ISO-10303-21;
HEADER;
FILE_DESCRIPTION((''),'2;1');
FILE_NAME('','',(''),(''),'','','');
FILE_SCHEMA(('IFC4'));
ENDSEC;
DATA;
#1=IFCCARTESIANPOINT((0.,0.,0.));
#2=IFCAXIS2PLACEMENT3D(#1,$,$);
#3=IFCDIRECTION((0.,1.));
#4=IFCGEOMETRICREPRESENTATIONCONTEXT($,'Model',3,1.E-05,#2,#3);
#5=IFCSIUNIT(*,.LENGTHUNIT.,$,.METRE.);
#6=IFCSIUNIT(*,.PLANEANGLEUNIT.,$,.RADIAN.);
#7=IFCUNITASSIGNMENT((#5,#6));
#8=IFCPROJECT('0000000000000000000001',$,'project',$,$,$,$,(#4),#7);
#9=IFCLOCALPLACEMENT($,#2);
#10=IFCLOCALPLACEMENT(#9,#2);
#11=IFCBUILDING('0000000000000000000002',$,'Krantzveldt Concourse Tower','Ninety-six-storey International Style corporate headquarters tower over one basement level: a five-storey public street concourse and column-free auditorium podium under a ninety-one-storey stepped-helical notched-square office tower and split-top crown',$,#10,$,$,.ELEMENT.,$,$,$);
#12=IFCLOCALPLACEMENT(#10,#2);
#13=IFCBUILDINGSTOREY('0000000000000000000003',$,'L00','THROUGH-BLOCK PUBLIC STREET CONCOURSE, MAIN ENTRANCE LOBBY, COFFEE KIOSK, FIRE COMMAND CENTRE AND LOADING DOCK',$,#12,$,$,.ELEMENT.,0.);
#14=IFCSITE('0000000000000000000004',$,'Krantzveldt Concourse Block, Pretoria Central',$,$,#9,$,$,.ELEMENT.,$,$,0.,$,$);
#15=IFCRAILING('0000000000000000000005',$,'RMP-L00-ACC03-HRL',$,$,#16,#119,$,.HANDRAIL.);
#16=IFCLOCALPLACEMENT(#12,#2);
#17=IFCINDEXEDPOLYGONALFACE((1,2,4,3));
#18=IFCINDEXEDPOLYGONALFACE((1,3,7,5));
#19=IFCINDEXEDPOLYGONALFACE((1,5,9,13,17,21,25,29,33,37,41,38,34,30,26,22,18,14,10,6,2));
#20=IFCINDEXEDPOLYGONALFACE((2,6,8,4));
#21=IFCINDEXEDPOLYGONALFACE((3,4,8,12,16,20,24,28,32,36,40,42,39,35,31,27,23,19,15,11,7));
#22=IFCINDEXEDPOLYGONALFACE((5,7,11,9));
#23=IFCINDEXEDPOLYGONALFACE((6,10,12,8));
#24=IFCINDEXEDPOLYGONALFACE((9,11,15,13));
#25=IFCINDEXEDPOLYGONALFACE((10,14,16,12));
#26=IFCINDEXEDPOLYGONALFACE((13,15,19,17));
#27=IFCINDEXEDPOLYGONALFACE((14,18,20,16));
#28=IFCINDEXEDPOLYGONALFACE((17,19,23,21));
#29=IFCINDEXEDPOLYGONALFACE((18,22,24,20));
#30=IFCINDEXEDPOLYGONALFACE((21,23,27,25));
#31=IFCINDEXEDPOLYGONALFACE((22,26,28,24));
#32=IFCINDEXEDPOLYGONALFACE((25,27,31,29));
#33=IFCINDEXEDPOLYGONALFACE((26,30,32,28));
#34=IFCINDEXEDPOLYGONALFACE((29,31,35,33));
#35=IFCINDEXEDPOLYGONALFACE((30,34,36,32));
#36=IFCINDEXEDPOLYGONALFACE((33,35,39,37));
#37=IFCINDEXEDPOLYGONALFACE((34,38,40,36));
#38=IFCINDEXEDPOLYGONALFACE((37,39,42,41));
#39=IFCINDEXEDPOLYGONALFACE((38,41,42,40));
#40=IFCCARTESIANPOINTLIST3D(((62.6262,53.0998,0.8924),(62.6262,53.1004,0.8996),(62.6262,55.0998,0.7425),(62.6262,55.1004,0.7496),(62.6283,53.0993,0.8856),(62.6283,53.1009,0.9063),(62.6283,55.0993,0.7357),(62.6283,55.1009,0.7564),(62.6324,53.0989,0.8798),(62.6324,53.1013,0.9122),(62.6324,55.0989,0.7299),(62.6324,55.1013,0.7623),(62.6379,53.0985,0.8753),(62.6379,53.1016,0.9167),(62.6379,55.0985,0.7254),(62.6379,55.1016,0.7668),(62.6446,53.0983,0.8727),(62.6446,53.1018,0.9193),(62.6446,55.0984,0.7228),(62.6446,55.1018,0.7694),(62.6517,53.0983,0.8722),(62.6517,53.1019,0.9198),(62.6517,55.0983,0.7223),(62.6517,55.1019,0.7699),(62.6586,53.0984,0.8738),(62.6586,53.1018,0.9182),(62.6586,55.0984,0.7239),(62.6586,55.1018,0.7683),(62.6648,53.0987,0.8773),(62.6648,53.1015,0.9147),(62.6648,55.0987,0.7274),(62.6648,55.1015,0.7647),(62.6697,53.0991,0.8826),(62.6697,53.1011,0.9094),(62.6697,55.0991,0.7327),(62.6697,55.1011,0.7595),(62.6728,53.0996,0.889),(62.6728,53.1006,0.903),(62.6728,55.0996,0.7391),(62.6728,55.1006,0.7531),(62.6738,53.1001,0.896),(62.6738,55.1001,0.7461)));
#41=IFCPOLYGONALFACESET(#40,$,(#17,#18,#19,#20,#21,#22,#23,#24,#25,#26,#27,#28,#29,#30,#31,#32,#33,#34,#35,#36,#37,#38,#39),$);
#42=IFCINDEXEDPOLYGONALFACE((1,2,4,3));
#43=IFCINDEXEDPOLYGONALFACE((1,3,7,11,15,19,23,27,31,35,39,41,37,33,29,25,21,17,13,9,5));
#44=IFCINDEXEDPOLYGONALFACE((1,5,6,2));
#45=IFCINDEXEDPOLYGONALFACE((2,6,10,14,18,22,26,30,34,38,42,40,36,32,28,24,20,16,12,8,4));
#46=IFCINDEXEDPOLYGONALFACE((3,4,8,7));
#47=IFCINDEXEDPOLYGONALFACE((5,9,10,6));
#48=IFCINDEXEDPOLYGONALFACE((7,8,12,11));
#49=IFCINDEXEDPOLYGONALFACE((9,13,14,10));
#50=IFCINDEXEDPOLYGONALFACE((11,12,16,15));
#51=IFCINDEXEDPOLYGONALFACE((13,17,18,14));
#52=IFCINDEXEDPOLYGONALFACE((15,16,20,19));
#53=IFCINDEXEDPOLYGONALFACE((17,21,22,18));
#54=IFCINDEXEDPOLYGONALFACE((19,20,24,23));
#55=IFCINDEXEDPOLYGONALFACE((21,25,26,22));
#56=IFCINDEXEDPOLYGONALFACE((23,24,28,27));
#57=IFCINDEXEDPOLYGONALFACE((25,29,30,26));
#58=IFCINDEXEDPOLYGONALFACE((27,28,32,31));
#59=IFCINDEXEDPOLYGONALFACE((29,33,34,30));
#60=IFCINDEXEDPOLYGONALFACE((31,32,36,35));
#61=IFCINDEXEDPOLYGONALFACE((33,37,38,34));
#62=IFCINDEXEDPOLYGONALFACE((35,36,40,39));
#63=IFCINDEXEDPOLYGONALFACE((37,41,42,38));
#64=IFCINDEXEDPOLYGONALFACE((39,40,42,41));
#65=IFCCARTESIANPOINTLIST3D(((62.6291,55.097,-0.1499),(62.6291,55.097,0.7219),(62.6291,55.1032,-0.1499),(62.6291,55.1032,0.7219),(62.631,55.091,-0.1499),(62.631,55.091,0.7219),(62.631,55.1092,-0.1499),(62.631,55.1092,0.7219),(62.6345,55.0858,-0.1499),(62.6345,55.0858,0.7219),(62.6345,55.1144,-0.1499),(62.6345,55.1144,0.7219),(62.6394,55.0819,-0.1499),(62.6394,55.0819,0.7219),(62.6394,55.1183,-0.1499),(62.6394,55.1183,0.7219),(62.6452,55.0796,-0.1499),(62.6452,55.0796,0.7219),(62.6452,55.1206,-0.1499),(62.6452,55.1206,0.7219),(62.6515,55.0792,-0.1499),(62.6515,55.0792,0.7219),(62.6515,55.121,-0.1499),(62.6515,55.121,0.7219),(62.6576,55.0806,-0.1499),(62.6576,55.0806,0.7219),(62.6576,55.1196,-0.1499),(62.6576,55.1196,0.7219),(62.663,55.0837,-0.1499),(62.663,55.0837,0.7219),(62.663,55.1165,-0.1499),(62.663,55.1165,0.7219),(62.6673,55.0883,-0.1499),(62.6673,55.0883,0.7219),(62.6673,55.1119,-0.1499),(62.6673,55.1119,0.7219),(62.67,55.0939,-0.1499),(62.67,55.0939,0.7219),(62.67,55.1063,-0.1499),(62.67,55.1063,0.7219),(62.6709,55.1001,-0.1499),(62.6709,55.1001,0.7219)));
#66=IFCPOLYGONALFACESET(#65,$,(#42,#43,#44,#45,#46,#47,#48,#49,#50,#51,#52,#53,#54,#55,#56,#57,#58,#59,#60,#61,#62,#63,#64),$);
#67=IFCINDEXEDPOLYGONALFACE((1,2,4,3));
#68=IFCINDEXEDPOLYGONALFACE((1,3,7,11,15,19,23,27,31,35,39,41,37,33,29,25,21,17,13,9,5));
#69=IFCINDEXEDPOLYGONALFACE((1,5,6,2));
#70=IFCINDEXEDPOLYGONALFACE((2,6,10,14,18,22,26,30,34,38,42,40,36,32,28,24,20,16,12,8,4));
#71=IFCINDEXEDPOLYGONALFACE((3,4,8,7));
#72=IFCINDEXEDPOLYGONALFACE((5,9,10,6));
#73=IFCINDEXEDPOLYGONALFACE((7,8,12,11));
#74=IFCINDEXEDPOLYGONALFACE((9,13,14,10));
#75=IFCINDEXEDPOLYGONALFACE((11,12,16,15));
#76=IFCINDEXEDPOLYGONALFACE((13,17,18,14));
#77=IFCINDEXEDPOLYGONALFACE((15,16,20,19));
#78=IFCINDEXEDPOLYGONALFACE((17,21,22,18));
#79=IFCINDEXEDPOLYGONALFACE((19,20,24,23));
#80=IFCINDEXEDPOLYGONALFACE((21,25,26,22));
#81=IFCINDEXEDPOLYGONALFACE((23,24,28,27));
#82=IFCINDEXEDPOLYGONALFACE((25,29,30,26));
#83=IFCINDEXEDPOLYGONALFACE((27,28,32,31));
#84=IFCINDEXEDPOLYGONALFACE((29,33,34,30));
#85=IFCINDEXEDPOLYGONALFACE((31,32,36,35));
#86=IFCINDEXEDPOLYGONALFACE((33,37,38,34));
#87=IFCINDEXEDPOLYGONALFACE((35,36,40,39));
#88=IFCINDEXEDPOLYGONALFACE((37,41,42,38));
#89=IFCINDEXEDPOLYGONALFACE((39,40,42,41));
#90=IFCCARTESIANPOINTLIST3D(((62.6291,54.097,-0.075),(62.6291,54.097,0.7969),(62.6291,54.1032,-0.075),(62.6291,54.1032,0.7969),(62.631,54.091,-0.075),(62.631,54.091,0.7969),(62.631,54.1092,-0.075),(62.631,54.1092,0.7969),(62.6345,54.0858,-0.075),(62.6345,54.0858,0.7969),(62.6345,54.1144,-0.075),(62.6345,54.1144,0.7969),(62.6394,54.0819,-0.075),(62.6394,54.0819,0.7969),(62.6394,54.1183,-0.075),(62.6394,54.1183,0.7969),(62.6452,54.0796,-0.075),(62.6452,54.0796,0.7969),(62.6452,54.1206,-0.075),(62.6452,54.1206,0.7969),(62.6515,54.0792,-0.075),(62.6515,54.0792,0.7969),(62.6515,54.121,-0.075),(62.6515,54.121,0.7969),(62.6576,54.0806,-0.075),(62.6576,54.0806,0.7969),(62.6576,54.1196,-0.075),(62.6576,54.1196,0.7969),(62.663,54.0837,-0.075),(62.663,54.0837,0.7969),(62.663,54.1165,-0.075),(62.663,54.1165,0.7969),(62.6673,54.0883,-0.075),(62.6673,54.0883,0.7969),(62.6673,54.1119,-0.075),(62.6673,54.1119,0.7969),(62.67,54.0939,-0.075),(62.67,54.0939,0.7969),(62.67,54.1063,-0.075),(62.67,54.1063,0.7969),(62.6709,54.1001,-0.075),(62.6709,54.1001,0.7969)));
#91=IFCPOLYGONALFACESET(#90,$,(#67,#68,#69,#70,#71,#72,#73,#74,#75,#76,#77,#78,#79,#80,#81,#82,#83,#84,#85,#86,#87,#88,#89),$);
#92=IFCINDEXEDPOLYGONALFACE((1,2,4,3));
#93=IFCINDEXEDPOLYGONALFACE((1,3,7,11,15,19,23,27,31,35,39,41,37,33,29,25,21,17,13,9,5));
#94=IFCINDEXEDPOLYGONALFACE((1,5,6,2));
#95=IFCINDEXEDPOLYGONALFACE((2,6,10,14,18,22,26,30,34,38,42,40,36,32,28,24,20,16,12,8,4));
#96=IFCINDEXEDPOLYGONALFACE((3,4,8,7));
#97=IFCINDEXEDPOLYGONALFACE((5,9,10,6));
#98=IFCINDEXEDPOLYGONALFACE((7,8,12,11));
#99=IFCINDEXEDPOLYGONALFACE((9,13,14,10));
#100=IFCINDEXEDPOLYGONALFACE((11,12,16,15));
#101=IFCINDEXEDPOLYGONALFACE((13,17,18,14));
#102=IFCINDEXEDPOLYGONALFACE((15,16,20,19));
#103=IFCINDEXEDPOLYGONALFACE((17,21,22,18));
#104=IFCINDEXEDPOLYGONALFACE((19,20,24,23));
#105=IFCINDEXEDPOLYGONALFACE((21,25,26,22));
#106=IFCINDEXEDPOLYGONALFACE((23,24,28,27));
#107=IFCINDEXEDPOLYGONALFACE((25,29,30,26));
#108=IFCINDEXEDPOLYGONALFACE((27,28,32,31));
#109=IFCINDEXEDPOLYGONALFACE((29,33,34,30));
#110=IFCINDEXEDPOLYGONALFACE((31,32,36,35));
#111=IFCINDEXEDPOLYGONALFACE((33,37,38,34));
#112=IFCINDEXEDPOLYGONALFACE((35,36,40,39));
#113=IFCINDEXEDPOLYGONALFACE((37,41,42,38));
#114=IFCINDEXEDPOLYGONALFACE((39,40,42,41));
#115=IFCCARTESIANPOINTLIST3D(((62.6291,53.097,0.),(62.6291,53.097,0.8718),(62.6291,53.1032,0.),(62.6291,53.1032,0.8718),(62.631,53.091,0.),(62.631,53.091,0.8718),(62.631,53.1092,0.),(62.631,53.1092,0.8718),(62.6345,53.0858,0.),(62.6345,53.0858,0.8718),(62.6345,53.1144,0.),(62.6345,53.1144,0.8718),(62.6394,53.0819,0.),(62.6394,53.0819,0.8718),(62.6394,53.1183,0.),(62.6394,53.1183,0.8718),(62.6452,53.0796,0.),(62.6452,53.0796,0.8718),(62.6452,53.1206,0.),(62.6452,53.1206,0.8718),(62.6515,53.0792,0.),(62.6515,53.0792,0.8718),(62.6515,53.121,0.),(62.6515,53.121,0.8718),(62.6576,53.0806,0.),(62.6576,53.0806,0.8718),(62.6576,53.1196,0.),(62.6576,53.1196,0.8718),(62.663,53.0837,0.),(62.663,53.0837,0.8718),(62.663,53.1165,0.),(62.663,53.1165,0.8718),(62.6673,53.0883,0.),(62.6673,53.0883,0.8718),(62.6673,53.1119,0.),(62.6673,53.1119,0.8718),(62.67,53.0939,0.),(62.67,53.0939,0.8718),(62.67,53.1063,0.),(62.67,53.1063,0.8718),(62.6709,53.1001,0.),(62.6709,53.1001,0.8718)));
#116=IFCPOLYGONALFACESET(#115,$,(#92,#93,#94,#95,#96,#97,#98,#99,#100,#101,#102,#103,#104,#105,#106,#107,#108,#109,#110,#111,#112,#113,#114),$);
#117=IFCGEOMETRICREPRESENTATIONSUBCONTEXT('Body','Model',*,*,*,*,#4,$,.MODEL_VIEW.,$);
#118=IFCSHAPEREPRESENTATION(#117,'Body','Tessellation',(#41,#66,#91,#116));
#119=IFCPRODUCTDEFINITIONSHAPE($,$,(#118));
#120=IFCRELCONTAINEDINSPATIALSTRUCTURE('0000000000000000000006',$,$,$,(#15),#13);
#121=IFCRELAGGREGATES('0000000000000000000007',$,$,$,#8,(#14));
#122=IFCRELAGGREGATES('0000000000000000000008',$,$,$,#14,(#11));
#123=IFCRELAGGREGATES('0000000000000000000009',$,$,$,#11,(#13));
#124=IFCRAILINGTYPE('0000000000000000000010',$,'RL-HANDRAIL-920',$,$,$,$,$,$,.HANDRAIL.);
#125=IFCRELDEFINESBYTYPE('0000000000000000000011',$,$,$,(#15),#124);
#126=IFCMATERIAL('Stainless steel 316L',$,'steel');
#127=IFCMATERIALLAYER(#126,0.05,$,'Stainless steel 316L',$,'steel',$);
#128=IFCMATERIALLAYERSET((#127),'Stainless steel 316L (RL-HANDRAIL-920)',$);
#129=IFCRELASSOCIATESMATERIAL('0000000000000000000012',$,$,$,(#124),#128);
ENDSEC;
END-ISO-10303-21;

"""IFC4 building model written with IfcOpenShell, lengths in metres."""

from ifc_helpers import new_model, si_unit, direction, frame, origin, origin_2d, place, context, subcontext, project, spatial, circle, extrude, material, layer, layer_set, type_object, element, save


model = new_model("IFC4")

# Units and contexts
model_context = context("Model", 3, precision=1e-05, world=origin(), true_north=direction((0.0, 1.0)))
body_context = subcontext(model_context, "Body", "Model", "MODEL_VIEW")
ifc_project = project(units=[si_unit("LENGTHUNIT", "METRE"), si_unit("PLANEANGLEUNIT", "RADIAN")], contexts=[model_context])

# Site, building, storey
site_placement = place(None, origin())
site = spatial("IfcSite", under=ifc_project, at=site_placement, Name="Krantzveldt Concourse Block, Pretoria Central", CompositionType="ELEMENT", RefElevation=0.0)
building_placement = place(site_placement, origin())
building = spatial("IfcBuilding", under=site, at=building_placement, Name="Krantzveldt Concourse Tower", Description="Ninety-six-storey International Style corporate headquarters tower over one basement level: a five-storey public street concourse and column-free auditorium podium under a ninety-one-storey stepped-helical notched-square office tower and split-top crown", CompositionType="ELEMENT")
storey_placement = place(building_placement, origin())
storey = spatial("IfcBuildingStorey", under=building, at=storey_placement, Name="L00", Description="THROUGH-BLOCK PUBLIC STREET CONCOURSE, MAIN ENTRANCE LOBBY, COFFEE KIOSK, FIRE COMMAND CENTRE AND LOADING DOCK", CompositionType="ELEMENT", Elevation=0.0)

# Railing
ifc_material_1 = material(Name="Stainless steel 316L", Category="steel")
ifc_layer_1 = layer(ifc_material_1, 0.05, Name="Stainless steel 316L", Category="steel")
ifc_layer_set_1 = layer_set([ifc_layer_1], Name="Stainless steel 316L (RL-HANDRAIL-920)")
railing_type_1 = type_object("IfcRailingType", Name="RL-HANDRAIL-920", PredefinedType="HANDRAIL", material=ifc_layer_set_1)
for number, where, name in (
    (1, (62.6499, 55.1001, -0.1499), "RMP-L00-ACC03-HRL"),
):
    element("IfcRailing", number, at=place(storey_placement, frame(where)), inside=storey, type_object=railing_type_1, Name=name, PredefinedType="HANDRAIL", context=body_context, shape_type="SweptSolid", body=[
        extrude(circle(Radius=0.0239, at=origin_2d()), frame((0.0, 0.0, 0.896), z_axis=(0.0, -0.997203, 0.074742), x_axis=(1.0, 0.0, 0.0)), (0.0, 0.0, 1.0), 2.0056),
        extrude(circle(Radius=0.021, at=origin_2d()), origin(), (0.0, 0.0, 1.0), 0.8718),
        extrude(circle(Radius=0.021, at=origin_2d()), frame((0.0, -1.0, 0.075)), (0.0, 0.0, 1.0), 0.8718),
        extrude(circle(Radius=0.021, at=origin_2d()), frame((0.0, -2.0, 0.1499)), (0.0, 0.0, 1.0), 0.8718),
    ])

save(model, "model.ifc")
